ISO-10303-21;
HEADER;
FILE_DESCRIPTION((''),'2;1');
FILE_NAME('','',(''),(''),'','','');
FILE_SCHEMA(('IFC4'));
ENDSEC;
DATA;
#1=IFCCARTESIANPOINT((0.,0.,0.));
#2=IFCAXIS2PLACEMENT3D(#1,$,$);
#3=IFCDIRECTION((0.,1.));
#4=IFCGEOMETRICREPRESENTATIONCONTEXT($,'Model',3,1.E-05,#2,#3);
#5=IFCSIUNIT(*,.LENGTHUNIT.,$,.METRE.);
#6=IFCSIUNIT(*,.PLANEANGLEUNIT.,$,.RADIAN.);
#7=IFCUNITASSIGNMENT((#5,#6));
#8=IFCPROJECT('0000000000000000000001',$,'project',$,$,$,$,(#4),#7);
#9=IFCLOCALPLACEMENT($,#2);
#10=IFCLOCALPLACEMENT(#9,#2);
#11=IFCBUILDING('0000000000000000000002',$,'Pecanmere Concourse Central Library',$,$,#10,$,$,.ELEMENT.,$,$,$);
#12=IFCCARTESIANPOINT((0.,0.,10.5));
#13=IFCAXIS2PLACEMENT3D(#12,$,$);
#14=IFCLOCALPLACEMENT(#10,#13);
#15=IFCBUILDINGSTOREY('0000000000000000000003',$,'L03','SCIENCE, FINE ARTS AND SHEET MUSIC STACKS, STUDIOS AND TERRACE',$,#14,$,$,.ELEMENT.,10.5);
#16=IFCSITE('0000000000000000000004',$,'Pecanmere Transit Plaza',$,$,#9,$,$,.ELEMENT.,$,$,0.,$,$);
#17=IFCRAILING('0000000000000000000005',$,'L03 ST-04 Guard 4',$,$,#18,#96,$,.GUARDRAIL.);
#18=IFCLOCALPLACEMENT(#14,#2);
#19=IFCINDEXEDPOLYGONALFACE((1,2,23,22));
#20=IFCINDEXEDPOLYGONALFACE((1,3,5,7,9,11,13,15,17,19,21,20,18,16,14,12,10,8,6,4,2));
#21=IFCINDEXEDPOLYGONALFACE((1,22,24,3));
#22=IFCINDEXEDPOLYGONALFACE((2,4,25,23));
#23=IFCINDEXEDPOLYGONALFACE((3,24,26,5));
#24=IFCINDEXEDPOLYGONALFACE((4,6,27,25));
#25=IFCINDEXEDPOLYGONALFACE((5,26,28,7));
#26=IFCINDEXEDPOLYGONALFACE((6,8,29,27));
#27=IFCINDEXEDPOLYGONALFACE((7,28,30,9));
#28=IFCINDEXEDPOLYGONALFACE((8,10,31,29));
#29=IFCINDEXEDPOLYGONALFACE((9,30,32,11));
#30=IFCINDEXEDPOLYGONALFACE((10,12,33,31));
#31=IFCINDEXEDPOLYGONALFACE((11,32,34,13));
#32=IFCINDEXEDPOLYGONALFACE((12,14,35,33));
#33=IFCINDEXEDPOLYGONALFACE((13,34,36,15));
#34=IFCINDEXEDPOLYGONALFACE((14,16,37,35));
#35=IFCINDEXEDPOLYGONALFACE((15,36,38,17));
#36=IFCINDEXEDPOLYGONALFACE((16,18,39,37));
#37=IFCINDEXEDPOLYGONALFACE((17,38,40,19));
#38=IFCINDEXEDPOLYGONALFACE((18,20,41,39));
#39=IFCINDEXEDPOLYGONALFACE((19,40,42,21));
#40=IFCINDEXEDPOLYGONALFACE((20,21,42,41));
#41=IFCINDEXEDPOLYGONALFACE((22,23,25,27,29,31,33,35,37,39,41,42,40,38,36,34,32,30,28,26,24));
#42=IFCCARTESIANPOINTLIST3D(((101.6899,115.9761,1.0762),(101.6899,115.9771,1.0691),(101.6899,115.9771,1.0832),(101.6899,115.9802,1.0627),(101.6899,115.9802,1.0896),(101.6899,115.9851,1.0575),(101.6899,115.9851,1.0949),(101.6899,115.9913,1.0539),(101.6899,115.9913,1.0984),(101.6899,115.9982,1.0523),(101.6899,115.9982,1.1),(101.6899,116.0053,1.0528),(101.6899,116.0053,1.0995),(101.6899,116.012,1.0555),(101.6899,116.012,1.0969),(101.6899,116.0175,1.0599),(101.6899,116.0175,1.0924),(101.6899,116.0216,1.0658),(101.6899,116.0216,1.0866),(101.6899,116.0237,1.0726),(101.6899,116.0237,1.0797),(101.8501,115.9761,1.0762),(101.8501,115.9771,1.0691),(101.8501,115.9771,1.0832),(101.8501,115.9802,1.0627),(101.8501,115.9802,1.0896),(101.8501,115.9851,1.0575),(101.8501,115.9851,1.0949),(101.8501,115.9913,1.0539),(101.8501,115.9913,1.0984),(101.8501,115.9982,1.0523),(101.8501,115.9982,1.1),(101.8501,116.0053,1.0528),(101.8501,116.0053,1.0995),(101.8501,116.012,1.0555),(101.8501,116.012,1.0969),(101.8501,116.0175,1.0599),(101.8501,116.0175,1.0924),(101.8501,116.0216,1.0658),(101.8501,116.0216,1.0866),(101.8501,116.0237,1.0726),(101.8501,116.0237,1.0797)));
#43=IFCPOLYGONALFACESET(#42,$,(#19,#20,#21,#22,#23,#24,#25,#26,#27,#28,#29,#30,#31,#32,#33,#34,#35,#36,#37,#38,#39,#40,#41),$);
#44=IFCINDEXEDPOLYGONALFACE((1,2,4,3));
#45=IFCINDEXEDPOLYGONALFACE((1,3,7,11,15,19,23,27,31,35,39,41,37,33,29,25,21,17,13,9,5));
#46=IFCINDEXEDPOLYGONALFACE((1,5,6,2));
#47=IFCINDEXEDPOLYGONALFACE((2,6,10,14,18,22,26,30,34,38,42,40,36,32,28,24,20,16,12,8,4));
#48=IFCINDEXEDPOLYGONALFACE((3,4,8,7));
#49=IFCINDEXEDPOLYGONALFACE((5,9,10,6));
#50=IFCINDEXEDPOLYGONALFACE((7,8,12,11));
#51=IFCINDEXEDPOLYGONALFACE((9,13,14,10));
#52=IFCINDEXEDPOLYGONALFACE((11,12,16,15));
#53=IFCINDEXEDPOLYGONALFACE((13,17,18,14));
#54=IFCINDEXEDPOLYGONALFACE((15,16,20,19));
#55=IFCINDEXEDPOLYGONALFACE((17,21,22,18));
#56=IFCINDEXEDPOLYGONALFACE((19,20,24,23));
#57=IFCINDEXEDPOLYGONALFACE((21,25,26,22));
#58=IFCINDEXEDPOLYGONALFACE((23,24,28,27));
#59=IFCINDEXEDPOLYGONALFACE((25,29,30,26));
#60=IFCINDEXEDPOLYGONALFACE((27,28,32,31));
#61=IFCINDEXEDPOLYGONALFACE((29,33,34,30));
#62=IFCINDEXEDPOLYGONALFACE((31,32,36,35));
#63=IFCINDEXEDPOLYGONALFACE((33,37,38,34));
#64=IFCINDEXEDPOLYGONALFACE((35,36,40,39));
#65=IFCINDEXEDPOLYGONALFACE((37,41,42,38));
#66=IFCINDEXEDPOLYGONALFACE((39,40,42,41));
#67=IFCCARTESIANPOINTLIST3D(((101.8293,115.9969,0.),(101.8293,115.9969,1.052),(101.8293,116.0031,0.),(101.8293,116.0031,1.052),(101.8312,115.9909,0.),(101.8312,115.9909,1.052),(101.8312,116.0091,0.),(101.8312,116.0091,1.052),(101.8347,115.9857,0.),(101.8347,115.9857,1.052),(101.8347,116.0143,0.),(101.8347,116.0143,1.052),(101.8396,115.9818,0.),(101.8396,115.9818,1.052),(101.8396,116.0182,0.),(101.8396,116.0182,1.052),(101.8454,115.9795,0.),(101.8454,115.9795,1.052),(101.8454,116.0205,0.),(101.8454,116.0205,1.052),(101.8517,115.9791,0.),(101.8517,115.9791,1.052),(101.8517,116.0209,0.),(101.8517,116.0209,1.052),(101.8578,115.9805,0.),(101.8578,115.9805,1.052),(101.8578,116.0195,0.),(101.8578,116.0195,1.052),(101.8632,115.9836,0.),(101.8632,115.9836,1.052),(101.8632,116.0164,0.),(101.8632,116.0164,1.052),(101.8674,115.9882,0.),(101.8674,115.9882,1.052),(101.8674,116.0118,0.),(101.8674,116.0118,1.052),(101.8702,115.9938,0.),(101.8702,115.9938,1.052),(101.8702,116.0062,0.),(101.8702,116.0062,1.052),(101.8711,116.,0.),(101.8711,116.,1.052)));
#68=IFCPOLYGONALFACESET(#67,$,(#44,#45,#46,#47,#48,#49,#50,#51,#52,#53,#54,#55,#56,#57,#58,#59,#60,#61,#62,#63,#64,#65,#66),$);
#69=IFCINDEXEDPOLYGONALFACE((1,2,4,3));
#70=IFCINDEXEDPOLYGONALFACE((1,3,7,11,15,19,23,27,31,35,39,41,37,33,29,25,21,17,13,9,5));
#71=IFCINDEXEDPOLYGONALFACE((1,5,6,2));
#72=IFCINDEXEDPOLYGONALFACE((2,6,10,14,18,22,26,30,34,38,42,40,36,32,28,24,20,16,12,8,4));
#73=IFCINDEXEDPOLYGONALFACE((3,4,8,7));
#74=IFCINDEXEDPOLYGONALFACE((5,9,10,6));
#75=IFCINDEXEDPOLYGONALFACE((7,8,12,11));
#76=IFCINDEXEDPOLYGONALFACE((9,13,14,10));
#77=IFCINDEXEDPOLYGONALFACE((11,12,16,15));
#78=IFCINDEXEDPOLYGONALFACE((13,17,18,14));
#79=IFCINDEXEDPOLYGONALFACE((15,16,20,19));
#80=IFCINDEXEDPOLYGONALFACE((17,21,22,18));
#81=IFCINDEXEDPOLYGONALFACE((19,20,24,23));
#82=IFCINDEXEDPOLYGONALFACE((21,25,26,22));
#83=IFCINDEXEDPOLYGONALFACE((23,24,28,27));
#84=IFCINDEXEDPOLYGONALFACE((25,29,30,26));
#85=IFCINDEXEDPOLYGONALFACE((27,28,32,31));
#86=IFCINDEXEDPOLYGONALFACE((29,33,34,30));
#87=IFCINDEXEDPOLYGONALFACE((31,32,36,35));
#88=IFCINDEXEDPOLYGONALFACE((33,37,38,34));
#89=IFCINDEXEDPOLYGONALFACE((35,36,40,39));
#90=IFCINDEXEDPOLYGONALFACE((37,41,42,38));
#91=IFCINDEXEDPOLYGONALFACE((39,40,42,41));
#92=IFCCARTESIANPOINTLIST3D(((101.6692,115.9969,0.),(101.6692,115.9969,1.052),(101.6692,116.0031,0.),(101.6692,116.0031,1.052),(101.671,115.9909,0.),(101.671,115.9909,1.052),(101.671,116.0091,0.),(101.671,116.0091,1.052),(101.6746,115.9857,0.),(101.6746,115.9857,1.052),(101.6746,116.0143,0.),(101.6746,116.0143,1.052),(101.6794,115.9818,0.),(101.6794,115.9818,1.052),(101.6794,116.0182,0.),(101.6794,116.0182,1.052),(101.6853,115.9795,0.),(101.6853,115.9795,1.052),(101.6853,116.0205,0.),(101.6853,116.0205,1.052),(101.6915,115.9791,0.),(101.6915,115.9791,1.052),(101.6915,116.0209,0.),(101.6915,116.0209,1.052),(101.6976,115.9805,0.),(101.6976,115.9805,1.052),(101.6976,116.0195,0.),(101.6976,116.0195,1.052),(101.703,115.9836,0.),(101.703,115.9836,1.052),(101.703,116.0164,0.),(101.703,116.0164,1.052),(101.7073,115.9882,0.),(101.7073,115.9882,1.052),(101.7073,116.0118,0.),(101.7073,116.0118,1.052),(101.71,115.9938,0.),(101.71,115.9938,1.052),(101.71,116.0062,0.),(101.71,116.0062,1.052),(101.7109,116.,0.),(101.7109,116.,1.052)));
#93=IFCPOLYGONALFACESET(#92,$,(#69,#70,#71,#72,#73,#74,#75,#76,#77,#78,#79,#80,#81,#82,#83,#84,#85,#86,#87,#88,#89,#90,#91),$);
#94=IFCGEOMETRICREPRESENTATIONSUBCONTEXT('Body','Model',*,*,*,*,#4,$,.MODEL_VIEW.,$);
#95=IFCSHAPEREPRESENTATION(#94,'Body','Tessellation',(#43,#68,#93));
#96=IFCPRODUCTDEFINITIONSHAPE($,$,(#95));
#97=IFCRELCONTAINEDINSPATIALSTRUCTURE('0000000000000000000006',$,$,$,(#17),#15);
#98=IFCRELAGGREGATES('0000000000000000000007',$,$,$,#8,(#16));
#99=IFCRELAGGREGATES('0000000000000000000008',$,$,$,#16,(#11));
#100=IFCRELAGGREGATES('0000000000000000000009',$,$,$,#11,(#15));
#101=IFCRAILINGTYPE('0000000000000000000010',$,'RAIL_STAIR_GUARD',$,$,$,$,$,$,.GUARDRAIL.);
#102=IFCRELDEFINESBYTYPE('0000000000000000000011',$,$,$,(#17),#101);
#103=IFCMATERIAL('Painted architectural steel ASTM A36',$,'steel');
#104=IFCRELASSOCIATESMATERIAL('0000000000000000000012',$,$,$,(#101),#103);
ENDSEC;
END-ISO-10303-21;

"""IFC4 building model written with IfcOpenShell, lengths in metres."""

from ifc_helpers import new_model, si_unit, direction, frame, origin, origin_2d, place, context, subcontext, project, spatial, circle, extrude, material, type_object, element, save


model = new_model("IFC4")

# Units and contexts
model_context = context("Model", 3, precision=1e-05, world=origin(), true_north=direction((0.0, 1.0)))
body_context = subcontext(model_context, "Body", "Model", "MODEL_VIEW")
ifc_project = project(units=[si_unit("LENGTHUNIT", "METRE"), si_unit("PLANEANGLEUNIT", "RADIAN")], contexts=[model_context])

# Site, building, storey
site_placement = place(None, origin())
site = spatial("IfcSite", under=ifc_project, at=site_placement, Name="Pecanmere Transit Plaza", CompositionType="ELEMENT", RefElevation=0.0)
building_placement = place(site_placement, origin())
building = spatial("IfcBuilding", under=site, at=building_placement, Name="Pecanmere Concourse Central Library", CompositionType="ELEMENT")
storey_placement = place(building_placement, frame((0.0, 0.0, 10.5)))
storey = spatial("IfcBuildingStorey", under=building, at=storey_placement, Name="L03", Description="SCIENCE, FINE ARTS AND SHEET MUSIC STACKS, STUDIOS AND TERRACE", CompositionType="ELEMENT", Elevation=10.5)

# Railing
ifc_material_1 = material(Name="Painted architectural steel ASTM A36", Category="steel")
railing_type = type_object("IfcRailingType", Name="RAIL_STAIR_GUARD", PredefinedType="GUARDRAIL", material=ifc_material_1)
railing_1_placement = place(storey_placement, frame((101.8501, 116.0, 0.0)))
element("IfcRailing", 1, at=railing_1_placement, inside=storey, type_object=railing_type, Name="L03 ST-04 Guard 4", PredefinedType="GUARDRAIL", context=body_context, shape_type="SweptSolid", body=[
    extrude(circle(Radius=0.0239, at=origin_2d()), frame((0.0, 0.0, 1.0762), z_axis=(-1.0, 0.0, 0.0), x_axis=(0.0, -1.0, 0.0)), (0.0, 0.0, 1.0), 0.1602),
    extrude(circle(Radius=0.021, at=origin_2d()), origin(), (0.0, 0.0, 1.0), 1.052),
    extrude(circle(Radius=0.021, at=origin_2d()), frame((-0.1602, 0.0, 0.0)), (0.0, 0.0, 1.0), 1.052),
])

save(model, "model.ifc")
